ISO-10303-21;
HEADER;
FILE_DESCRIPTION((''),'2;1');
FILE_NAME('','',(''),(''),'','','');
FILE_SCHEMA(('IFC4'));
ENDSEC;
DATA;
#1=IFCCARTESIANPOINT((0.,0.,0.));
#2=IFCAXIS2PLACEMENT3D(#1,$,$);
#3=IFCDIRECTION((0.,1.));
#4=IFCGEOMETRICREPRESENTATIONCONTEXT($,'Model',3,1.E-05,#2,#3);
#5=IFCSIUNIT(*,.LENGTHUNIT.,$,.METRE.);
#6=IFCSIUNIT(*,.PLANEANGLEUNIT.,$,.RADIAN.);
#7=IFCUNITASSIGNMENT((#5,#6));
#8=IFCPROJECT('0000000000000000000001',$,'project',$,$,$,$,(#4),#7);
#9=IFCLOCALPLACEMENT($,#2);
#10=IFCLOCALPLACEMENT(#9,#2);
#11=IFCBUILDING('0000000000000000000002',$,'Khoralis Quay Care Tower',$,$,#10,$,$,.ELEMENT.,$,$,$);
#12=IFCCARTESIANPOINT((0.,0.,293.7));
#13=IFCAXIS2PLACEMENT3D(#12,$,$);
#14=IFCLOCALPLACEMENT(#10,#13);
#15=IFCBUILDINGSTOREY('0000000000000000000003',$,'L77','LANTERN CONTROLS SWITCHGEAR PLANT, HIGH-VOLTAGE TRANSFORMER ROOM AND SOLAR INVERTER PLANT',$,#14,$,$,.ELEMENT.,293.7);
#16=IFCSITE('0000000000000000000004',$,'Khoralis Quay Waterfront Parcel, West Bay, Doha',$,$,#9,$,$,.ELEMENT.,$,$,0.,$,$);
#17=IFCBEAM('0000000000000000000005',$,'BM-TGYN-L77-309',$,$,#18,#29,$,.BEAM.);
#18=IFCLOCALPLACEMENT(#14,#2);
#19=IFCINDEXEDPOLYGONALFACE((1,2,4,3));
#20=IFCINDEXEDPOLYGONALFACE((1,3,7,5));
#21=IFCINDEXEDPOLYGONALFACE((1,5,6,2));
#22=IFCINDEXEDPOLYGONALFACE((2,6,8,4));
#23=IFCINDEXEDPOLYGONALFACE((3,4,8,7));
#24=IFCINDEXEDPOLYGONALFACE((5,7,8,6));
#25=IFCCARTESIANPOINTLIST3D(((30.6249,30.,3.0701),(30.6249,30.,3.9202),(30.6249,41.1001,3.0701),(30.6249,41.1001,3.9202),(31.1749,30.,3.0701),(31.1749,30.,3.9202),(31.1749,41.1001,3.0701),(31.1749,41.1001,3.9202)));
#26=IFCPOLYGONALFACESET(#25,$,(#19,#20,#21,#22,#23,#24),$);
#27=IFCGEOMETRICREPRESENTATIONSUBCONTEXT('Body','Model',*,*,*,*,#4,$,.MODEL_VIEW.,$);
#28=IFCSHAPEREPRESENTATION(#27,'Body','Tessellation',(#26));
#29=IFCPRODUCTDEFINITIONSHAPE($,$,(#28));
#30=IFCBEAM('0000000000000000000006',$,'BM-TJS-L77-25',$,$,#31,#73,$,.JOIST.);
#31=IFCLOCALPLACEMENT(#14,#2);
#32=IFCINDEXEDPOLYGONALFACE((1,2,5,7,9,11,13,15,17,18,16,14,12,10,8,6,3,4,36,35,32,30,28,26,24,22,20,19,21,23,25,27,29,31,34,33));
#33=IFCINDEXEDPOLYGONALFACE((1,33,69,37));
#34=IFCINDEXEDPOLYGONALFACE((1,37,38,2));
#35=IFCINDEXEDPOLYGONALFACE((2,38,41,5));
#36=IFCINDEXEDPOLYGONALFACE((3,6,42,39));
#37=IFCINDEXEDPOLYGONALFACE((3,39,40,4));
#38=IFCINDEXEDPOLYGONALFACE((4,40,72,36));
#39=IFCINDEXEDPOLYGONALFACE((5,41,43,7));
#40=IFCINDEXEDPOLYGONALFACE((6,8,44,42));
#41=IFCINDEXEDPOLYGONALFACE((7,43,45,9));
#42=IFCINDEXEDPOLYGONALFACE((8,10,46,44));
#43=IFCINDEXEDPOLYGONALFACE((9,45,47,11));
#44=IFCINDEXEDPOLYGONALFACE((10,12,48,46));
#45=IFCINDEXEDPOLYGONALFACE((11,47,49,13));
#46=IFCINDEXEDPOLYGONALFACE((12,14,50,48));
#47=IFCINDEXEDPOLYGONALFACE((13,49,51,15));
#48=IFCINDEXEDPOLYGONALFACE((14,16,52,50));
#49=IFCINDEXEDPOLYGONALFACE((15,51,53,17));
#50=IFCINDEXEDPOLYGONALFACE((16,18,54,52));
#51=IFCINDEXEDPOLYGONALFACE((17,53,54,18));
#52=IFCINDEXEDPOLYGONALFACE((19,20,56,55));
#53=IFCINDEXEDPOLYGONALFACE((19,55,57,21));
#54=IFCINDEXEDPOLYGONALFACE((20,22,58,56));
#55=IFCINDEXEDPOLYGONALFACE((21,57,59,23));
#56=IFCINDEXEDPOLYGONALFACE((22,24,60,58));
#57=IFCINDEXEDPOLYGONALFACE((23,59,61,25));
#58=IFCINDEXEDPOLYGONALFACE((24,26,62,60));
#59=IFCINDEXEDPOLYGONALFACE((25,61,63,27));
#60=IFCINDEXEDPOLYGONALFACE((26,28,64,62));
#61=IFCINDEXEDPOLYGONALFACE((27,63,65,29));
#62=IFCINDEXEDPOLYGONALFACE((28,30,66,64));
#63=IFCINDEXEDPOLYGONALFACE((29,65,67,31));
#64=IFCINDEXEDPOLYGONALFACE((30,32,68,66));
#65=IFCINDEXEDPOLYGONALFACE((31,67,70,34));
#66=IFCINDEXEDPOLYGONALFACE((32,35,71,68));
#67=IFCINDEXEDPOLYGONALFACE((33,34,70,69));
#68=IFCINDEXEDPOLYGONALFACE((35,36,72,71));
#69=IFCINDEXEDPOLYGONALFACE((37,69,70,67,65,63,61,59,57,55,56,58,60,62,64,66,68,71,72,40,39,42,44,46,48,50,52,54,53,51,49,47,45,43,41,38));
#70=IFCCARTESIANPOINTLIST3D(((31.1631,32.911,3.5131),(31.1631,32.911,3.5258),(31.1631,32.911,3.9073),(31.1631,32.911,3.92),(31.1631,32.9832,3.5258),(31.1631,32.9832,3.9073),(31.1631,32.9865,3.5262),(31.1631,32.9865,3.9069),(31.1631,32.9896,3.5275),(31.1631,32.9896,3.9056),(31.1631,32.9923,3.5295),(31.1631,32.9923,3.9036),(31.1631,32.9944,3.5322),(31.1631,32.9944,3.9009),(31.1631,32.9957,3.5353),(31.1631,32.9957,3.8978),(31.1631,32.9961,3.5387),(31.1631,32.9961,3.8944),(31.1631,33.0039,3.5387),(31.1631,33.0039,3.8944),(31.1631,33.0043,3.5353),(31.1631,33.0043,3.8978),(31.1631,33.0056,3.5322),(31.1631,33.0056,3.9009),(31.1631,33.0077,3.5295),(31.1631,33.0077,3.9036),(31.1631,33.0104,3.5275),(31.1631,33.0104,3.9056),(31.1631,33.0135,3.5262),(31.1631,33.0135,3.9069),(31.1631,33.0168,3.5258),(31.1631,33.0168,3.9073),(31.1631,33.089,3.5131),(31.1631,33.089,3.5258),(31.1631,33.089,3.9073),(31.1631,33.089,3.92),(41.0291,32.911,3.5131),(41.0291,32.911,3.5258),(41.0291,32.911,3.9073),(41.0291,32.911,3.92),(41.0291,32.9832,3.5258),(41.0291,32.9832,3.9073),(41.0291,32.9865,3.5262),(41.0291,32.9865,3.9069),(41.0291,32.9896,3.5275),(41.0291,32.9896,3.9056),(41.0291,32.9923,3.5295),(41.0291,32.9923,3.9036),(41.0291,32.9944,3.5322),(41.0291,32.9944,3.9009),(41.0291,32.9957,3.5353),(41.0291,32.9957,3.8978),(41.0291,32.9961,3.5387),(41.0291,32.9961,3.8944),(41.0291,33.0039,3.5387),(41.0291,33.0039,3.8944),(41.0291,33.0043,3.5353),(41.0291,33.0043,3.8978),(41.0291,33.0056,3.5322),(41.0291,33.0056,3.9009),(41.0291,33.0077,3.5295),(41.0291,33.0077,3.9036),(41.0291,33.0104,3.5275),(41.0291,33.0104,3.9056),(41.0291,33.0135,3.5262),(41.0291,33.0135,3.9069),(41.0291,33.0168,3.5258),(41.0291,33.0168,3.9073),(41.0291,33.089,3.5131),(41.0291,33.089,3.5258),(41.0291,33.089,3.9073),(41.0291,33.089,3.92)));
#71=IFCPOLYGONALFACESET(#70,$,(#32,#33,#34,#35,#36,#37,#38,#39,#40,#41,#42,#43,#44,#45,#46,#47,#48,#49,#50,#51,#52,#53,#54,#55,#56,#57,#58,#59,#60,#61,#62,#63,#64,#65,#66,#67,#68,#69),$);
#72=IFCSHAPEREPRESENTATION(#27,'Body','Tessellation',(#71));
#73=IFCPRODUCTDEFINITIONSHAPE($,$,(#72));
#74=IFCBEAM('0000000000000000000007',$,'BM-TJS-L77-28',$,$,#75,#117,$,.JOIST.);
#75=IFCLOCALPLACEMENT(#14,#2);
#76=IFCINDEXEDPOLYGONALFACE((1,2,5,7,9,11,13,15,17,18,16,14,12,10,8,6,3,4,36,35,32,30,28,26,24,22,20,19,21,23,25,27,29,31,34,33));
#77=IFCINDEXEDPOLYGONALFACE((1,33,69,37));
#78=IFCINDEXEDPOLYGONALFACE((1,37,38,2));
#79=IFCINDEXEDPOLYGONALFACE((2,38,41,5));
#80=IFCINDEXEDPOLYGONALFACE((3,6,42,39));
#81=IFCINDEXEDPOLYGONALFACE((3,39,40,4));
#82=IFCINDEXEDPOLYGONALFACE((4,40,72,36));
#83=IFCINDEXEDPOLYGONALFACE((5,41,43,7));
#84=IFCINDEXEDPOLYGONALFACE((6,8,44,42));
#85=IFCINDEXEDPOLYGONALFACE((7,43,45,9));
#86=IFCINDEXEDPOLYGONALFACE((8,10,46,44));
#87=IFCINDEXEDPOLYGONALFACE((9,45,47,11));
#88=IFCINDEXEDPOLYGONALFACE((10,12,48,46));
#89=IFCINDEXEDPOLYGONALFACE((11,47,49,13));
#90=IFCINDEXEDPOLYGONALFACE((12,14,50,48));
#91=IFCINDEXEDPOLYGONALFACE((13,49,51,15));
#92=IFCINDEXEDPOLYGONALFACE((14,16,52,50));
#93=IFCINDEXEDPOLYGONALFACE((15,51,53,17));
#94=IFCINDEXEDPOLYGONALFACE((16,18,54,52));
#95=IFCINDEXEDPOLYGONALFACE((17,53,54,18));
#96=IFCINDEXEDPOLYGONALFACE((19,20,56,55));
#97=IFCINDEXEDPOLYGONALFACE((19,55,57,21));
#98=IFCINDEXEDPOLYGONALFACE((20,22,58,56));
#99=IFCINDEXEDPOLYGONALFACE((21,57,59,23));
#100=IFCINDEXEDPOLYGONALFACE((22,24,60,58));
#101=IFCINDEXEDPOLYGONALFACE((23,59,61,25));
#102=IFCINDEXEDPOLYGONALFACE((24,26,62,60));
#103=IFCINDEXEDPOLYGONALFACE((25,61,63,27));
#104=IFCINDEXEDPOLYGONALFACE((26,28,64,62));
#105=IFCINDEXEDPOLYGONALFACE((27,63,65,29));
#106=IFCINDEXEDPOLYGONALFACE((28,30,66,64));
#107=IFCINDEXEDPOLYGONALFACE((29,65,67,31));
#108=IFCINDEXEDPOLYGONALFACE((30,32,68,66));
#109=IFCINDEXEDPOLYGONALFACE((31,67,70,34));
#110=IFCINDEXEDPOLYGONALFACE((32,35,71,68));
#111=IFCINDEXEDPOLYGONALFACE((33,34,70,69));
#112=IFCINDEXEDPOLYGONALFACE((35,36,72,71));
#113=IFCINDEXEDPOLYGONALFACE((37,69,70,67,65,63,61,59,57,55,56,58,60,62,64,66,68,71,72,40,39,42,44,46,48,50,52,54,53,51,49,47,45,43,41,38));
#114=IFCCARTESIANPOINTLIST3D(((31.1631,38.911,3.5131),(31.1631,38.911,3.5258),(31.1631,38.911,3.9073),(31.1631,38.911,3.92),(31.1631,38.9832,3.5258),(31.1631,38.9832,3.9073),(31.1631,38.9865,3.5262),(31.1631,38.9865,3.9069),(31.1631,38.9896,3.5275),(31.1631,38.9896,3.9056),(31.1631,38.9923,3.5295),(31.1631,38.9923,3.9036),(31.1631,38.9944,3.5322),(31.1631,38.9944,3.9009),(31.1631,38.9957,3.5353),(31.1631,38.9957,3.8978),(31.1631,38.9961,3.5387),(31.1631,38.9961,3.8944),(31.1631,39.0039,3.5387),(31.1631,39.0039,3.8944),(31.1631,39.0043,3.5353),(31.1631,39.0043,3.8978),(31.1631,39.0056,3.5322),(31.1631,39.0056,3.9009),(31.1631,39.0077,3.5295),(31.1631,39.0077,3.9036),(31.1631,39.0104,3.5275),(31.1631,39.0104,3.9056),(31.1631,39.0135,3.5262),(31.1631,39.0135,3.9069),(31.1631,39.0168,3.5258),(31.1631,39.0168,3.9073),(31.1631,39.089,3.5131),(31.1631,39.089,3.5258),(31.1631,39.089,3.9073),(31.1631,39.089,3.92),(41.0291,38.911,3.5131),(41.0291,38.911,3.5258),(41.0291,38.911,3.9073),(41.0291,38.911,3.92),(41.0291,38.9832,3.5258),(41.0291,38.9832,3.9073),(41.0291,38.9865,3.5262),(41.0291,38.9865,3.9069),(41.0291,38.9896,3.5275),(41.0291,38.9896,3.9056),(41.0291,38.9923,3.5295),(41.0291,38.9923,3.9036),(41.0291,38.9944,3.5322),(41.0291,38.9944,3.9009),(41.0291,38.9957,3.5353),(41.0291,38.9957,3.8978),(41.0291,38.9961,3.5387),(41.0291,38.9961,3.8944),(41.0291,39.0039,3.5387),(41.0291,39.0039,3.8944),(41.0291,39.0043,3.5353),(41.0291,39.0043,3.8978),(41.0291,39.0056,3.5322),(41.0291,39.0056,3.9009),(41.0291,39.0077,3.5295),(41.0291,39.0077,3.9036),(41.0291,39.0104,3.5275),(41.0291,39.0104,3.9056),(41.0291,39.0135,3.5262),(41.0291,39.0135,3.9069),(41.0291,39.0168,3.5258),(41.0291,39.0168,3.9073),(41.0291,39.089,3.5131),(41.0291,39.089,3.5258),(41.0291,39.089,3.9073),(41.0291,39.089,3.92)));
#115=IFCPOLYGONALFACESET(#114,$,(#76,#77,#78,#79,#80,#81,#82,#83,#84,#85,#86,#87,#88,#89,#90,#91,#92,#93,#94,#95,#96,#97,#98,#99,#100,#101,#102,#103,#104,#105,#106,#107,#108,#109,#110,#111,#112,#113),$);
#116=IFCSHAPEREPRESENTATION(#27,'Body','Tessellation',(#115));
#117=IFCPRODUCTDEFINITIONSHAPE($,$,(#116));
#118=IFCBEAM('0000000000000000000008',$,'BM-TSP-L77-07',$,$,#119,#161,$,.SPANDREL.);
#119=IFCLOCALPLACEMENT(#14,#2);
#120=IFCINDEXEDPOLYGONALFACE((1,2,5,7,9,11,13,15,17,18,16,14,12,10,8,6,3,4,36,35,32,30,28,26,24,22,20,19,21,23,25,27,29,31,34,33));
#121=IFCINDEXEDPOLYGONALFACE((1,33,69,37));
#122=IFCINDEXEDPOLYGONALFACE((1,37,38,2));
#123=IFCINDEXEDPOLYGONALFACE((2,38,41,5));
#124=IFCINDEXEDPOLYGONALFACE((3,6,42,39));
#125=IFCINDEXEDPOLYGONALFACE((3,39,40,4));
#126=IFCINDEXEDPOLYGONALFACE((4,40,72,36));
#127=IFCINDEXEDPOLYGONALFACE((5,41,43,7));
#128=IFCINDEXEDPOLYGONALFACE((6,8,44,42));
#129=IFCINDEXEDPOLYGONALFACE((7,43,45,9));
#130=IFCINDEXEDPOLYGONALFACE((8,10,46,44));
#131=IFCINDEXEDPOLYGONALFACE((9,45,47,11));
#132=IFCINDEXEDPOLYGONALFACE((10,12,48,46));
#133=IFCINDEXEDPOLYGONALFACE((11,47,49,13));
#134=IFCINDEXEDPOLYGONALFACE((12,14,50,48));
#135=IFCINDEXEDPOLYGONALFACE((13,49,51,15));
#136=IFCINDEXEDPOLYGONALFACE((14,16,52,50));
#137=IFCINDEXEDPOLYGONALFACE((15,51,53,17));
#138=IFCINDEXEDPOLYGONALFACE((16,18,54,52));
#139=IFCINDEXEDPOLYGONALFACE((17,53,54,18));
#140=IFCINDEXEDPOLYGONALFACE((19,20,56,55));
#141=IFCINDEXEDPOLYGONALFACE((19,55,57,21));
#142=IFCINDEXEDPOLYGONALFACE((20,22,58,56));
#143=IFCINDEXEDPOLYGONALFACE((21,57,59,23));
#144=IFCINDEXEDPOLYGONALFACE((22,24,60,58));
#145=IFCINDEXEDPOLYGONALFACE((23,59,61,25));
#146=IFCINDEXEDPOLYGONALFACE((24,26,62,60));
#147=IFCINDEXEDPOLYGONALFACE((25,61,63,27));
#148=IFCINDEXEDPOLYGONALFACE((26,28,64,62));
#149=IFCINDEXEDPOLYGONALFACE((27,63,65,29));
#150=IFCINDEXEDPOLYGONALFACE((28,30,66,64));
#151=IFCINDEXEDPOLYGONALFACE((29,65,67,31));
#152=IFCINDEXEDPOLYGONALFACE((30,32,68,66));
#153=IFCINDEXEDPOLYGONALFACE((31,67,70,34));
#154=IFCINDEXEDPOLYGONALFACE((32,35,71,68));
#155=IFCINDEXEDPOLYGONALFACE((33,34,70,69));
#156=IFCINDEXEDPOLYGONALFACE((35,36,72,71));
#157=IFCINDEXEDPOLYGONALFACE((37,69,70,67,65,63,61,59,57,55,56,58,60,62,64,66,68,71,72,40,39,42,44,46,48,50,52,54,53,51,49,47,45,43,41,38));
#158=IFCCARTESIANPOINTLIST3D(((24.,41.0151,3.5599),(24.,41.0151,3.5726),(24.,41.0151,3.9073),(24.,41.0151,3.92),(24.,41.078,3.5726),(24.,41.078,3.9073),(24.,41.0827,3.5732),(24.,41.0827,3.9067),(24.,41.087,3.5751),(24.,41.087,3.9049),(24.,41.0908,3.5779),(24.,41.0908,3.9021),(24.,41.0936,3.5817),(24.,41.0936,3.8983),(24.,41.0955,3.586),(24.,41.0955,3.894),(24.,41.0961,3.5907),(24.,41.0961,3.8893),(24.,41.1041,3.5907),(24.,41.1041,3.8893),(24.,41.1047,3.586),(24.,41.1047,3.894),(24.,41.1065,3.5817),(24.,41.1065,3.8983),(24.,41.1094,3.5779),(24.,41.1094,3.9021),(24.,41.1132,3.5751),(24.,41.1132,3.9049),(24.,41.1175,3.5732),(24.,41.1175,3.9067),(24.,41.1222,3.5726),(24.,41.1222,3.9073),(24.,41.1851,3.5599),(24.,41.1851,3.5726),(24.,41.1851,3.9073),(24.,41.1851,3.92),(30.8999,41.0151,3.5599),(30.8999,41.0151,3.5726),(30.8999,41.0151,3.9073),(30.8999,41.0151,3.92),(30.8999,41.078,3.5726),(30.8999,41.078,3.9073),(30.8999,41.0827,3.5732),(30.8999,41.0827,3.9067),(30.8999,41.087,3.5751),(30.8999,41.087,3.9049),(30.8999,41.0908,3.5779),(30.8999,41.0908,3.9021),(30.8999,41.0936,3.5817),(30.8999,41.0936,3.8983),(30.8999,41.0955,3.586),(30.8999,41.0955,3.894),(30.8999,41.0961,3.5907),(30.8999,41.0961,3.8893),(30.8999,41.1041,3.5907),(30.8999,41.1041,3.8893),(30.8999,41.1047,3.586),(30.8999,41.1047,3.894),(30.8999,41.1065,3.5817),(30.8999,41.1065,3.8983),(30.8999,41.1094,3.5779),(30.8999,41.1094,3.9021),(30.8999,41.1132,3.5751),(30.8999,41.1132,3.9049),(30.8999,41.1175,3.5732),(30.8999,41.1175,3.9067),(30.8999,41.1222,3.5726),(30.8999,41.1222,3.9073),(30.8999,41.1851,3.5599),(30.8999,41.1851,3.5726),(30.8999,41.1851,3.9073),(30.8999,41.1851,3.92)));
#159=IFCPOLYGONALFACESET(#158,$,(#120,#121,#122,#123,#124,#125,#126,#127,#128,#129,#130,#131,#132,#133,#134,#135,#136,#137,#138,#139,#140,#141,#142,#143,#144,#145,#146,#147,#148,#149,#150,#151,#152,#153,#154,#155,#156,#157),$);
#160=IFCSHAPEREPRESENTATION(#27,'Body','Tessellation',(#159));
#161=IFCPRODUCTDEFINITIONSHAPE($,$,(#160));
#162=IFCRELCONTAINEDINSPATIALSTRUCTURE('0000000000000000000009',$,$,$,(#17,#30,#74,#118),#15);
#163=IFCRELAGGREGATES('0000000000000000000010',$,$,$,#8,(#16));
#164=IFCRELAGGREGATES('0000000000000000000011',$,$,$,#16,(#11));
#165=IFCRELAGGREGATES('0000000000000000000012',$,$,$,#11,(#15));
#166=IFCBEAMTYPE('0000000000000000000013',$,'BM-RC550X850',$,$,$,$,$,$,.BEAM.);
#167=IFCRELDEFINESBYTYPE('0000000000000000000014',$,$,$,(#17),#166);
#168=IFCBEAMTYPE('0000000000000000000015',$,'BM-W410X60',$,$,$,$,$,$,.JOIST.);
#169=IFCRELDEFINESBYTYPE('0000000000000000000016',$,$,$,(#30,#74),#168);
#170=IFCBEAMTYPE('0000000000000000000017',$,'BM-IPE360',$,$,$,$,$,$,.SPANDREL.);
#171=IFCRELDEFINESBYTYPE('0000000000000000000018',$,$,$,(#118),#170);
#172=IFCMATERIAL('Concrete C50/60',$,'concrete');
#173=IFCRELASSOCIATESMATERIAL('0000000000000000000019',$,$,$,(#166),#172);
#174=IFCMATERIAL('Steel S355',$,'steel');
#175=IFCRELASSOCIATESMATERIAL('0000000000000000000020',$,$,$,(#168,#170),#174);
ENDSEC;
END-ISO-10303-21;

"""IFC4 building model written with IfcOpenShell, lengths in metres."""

from ifc_helpers import new_model, si_unit, direction, frame, origin, origin_2d, place, context, subcontext, project, spatial, rectangle, i_section, extrude, source, transform, mapped, material, material_profile, profile_set, type_object, element, save


model = new_model("IFC4")

# Units and contexts
model_context = context("Model", 3, precision=1e-05, world=origin(), true_north=direction((0.0, 1.0)))
body_context = subcontext(model_context, "Body", "Model", "MODEL_VIEW")
ifc_project = project(units=[si_unit("LENGTHUNIT", "METRE"), si_unit("PLANEANGLEUNIT", "RADIAN")], contexts=[model_context])

# Site, building, storey
site_placement = place(None, origin())
site = spatial("IfcSite", under=ifc_project, at=site_placement, Name="Khoralis Quay Waterfront Parcel, West Bay, Doha", CompositionType="ELEMENT", RefElevation=0.0)
building_placement = place(site_placement, origin())
building = spatial("IfcBuilding", under=site, at=building_placement, Name="Khoralis Quay Care Tower", CompositionType="ELEMENT")
storey_placement = place(building_placement, frame((0.0, 0.0, 293.7)))
storey = spatial("IfcBuildingStorey", under=building, at=storey_placement, Name="L77", Description="LANTERN CONTROLS SWITCHGEAR PLANT, HIGH-VOLTAGE TRANSFORMER ROOM AND SOLAR INVERTER PLANT", CompositionType="ELEMENT", Elevation=293.7)

# Shared definitions
ifc_material_1 = material(Name="Concrete C50/60", Category="concrete")

# Beams
ifc_material_2 = material(Name="Steel S355", Category="steel")
ifc_material_profile_1 = material_profile(ifc_material_1, rectangle(XDim=0.55, YDim=0.8501, at=origin_2d()), Name="Concrete C50/60")
ifc_profile_set_1 = profile_set([ifc_material_profile_1], Name="Concrete C50/60")
beam_type_1 = type_object("IfcBeamType", Name="BM-RC550X850", PredefinedType="BEAM", material=ifc_profile_set_1)
shared_shape_1 = source(origin(), body_context, "Body", "SweptSolid", [
    extrude(rectangle(XDim=0.55, YDim=0.8501, at=origin_2d()), origin(), (0.0, 0.0, 1.0), 11.1001),
])
for number, where, z_axis, x_axis, name in (
    (1, (30.8999, 30.0, 3.4951), (0.0, 1.0, 0.0), (-1.0, 0.0, 0.0), "BM-TGYN-L77-309"),
):
    element("IfcBeam", number, at=place(storey_placement, frame(where, z_axis=z_axis, x_axis=x_axis)), inside=storey, type_object=beam_type_1, Name=name, PredefinedType="BEAM", context=body_context, shape_type="MappedRepresentation", body=[
        mapped(shared_shape_1, transform((0.0, 0.0, 0.0), scale=1.0)),
    ])
ifc_material_profile_2 = material_profile(ifc_material_2, i_section(OverallWidth=0.178, OverallDepth=0.407, WebThickness=0.0078, FlangeThickness=0.0127, FilletRadius=0.0129, at=origin_2d()), Name="Steel S355")
ifc_profile_set_2 = profile_set([ifc_material_profile_2], Name="Steel S355")
beam_type_2 = type_object("IfcBeamType", Name="BM-W410X60", PredefinedType="JOIST", material=ifc_profile_set_2)
shared_shape_2 = source(origin(), body_context, "Body", "SweptSolid", [
    extrude(i_section(OverallWidth=0.178, OverallDepth=0.407, WebThickness=0.0078, FlangeThickness=0.0127, FilletRadius=0.0129, at=origin_2d()), origin(), (0.0, 0.0, 1.0), 9.866),
])
for number, where, z_axis, x_axis, name in (
    (2, (31.1631, 33.0, 3.7166), (1.0, 0.0, 0.0), (0.0, 1.0, 0.0), "BM-TJS-L77-25"),
    (3, (31.1631, 39.0, 3.7166), (1.0, 0.0, 0.0), (0.0, 1.0, 0.0), "BM-TJS-L77-28"),
):
    element("IfcBeam", number, at=place(storey_placement, frame(where, z_axis=z_axis, x_axis=x_axis)), inside=storey, type_object=beam_type_2, Name=name, PredefinedType="JOIST", context=body_context, shape_type="MappedRepresentation", body=[
        mapped(shared_shape_2, transform((0.0, 0.0, 0.0), scale=1.0)),
    ])
ifc_material_profile_3 = material_profile(ifc_material_2, i_section(OverallWidth=0.1699, OverallDepth=0.3601, WebThickness=0.0081, FlangeThickness=0.0127, FilletRadius=0.0181, at=origin_2d()), Name="Steel S355")
ifc_profile_set_3 = profile_set([ifc_material_profile_3], Name="Steel S355")
beam_type_3 = type_object("IfcBeamType", Name="BM-IPE360", PredefinedType="SPANDREL", material=ifc_profile_set_3)
shared_shape_3 = source(origin(), body_context, "Body", "SweptSolid", [
    extrude(i_section(OverallWidth=0.1699, OverallDepth=0.3601, WebThickness=0.0081, FlangeThickness=0.0127, FilletRadius=0.0181, at=origin_2d()), origin(), (0.0, 0.0, 1.0), 6.8999),
])
beam_1_placement = place(storey_placement, frame((24.0, 41.1001, 3.74), z_axis=(1.0, 0.0, 0.0), x_axis=(0.0, 1.0, 0.0)))
element("IfcBeam", 4, at=beam_1_placement, inside=storey, type_object=beam_type_3, Name="BM-TSP-L77-07", PredefinedType="SPANDREL", context=body_context, shape_type="MappedRepresentation", body=[
    mapped(shared_shape_3, transform((0.0, 0.0, 0.0), scale=1.0)),
])

save(model, "model.ifc")
